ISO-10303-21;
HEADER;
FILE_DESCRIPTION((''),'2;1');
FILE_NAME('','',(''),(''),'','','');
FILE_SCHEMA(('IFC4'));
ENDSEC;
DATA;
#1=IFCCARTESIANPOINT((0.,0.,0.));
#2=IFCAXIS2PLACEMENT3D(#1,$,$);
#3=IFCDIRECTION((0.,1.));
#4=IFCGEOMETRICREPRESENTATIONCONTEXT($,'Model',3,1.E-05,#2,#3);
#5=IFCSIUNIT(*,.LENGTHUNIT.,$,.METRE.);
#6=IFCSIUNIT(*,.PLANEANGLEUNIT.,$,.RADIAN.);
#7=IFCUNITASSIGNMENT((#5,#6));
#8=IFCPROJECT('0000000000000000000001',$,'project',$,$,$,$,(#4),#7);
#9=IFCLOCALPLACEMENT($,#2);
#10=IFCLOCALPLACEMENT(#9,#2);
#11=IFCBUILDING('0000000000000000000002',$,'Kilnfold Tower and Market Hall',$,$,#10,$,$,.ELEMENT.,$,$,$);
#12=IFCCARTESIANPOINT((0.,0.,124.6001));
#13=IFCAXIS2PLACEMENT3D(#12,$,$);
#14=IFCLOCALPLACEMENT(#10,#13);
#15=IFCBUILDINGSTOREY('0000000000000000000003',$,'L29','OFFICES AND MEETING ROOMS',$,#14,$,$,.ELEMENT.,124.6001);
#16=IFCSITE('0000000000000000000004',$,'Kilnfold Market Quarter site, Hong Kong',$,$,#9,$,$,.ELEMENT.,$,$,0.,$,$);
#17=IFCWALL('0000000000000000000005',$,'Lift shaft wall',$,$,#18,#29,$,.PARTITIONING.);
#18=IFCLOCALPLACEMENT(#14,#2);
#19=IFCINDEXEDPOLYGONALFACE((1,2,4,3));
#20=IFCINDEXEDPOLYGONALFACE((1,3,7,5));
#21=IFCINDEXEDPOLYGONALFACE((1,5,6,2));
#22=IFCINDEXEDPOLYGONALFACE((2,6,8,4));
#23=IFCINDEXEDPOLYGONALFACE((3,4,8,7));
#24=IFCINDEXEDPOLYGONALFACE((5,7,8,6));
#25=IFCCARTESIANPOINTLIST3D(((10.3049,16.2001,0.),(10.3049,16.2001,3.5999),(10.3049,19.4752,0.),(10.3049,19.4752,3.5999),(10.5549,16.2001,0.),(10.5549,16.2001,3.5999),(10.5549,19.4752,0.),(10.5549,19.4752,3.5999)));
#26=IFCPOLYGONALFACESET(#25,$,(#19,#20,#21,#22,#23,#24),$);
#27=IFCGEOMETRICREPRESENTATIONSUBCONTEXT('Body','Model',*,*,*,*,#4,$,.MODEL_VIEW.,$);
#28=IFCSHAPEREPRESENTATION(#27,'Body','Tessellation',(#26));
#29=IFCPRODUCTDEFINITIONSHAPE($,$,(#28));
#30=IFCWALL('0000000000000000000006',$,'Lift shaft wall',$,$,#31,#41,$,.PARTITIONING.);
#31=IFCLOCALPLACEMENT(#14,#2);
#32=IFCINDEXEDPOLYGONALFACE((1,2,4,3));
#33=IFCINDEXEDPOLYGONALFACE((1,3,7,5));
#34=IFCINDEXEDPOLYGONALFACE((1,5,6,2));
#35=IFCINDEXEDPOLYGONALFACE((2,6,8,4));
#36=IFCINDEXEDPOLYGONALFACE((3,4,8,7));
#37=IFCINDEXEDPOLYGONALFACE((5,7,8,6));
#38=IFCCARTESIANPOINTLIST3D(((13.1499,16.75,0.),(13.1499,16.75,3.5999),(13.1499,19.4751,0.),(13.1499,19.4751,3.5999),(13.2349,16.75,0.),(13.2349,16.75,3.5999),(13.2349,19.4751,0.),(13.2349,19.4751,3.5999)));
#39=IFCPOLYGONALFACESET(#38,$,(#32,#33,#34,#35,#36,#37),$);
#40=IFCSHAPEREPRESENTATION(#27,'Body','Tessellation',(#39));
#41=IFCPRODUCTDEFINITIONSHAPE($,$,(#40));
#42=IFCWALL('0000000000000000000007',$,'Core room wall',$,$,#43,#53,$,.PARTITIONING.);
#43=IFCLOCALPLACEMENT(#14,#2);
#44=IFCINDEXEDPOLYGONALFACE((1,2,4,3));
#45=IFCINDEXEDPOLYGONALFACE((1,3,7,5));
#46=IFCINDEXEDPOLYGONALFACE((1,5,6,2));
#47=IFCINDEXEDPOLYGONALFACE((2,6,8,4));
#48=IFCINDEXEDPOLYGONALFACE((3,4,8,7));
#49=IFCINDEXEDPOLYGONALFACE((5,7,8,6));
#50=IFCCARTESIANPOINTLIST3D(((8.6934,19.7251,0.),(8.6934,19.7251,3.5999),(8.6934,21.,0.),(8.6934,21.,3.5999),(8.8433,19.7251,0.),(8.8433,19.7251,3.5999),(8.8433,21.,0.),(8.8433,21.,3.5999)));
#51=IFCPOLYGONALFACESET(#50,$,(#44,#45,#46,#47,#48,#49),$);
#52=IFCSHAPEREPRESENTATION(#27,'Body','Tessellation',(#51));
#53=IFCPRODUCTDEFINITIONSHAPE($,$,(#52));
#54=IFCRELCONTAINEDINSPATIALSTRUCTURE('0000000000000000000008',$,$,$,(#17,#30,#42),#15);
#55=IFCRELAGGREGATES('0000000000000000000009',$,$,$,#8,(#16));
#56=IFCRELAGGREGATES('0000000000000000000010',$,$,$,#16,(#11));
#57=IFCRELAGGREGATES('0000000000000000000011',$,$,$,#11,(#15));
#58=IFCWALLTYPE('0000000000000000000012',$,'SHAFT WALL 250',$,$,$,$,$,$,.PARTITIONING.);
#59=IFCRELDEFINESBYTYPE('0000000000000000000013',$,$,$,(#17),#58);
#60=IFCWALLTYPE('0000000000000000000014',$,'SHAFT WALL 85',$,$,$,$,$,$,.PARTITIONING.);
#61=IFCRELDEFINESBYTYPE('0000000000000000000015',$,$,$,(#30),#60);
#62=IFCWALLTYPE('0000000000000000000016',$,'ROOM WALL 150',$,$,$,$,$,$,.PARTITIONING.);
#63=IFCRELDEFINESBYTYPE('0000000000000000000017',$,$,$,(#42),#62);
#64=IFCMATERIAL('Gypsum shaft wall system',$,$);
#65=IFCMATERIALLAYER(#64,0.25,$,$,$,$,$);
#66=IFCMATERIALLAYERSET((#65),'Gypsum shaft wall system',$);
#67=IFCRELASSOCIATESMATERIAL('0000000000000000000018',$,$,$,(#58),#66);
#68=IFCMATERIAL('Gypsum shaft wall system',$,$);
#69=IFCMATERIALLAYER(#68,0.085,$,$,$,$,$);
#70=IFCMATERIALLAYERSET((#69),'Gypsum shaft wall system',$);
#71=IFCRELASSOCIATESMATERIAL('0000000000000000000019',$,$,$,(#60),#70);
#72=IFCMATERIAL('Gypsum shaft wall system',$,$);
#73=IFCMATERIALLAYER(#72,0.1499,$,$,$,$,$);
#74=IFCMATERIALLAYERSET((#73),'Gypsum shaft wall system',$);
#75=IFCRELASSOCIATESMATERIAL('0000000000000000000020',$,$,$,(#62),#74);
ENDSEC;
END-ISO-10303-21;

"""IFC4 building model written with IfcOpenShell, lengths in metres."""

from ifc_helpers import new_model, si_unit, direction, frame, frame_2d, origin, place, context, subcontext, project, spatial, rectangle, extrude, source, transform, mapped, material, layer, layer_set, type_object, element, save


model = new_model("IFC4")

# Units and contexts
model_context = context("Model", 3, precision=1e-05, world=origin(), true_north=direction((0.0, 1.0)))
body_context = subcontext(model_context, "Body", "Model", "MODEL_VIEW")
ifc_project = project(units=[si_unit("LENGTHUNIT", "METRE"), si_unit("PLANEANGLEUNIT", "RADIAN")], contexts=[model_context])

# Site, building, storey
site_placement = place(None, origin())
site = spatial("IfcSite", under=ifc_project, at=site_placement, Name="Kilnfold Market Quarter site, Hong Kong", CompositionType="ELEMENT", RefElevation=0.0)
building_placement = place(site_placement, origin())
building = spatial("IfcBuilding", under=site, at=building_placement, Name="Kilnfold Tower and Market Hall", CompositionType="ELEMENT")
storey_placement = place(building_placement, frame((0.0, 0.0, 124.6001)))
storey = spatial("IfcBuildingStorey", under=building, at=storey_placement, Name="L29", Description="OFFICES AND MEETING ROOMS", CompositionType="ELEMENT", Elevation=124.6001)

# Walls
ifc_material_1 = material(Name="Gypsum shaft wall system")
ifc_layer_1 = layer(ifc_material_1, 0.25)
ifc_layer_set_1 = layer_set([ifc_layer_1], Name="Gypsum shaft wall system")
wall_type_1 = type_object("IfcWallType", Name="SHAFT WALL 250", PredefinedType="PARTITIONING", material=ifc_layer_set_1)
shared_shape_1 = source(origin(), body_context, "Body", "SweptSolid", [
    extrude(rectangle(XDim=3.2751, YDim=0.25, at=frame_2d((1.6377, 0.0))), origin(), (0.0, 0.0, 1.0), 3.5999),
])
wall_1_placement = place(storey_placement, frame((10.4299, 16.2, 0.0), z_axis=(0.0, 0.0, 1.0), x_axis=(0.0, 1.0, 0.0)))
element("IfcWall", 1, at=wall_1_placement, inside=storey, type_object=wall_type_1, Name="Lift shaft wall", PredefinedType="PARTITIONING", context=body_context, shape_type="MappedRepresentation", body=[
    mapped(shared_shape_1, transform((0.0, 0.0, 0.0))),
])
ifc_material_2 = material(Name="Gypsum shaft wall system")
ifc_layer_2 = layer(ifc_material_2, 0.085)
ifc_layer_set_2 = layer_set([ifc_layer_2], Name="Gypsum shaft wall system")
wall_type_2 = type_object("IfcWallType", Name="SHAFT WALL 85", PredefinedType="PARTITIONING", material=ifc_layer_set_2)
shared_shape_2 = source(origin(), body_context, "Body", "SweptSolid", [
    extrude(rectangle(XDim=2.7251, YDim=0.085, at=frame_2d((1.3625, 0.0))), origin(), (0.0, 0.0, 1.0), 3.5999),
])
wall_2_placement = place(storey_placement, frame((13.1924, 16.75, 0.0), z_axis=(0.0, 0.0, 1.0), x_axis=(0.0, 1.0, 0.0)))
element("IfcWall", 2, at=wall_2_placement, inside=storey, type_object=wall_type_2, Name="Lift shaft wall", PredefinedType="PARTITIONING", context=body_context, shape_type="MappedRepresentation", body=[
    mapped(shared_shape_2, transform((0.0, 0.0, 0.0))),
])
ifc_material_3 = material(Name="Gypsum shaft wall system")
ifc_layer_3 = layer(ifc_material_3, 0.1499)
ifc_layer_set_3 = layer_set([ifc_layer_3], Name="Gypsum shaft wall system")
wall_type_3 = type_object("IfcWallType", Name="ROOM WALL 150", PredefinedType="PARTITIONING", material=ifc_layer_set_3)
shared_shape_3 = source(origin(), body_context, "Body", "SweptSolid", [
    extrude(rectangle(XDim=1.2749, YDim=0.1499, at=frame_2d((0.6375, 0.0))), origin(), (0.0, 0.0, 1.0), 3.5999),
])
wall_3_placement = place(storey_placement, frame((8.7683, 19.7251, 0.0), z_axis=(0.0, 0.0, 1.0), x_axis=(0.0, 1.0, 0.0)))
element("IfcWall", 3, at=wall_3_placement, inside=storey, type_object=wall_type_3, Name="Core room wall", PredefinedType="PARTITIONING", context=body_context, shape_type="MappedRepresentation", body=[
    mapped(shared_shape_3, transform((0.0, 0.0, 0.0))),
])

save(model, "model.ifc")
